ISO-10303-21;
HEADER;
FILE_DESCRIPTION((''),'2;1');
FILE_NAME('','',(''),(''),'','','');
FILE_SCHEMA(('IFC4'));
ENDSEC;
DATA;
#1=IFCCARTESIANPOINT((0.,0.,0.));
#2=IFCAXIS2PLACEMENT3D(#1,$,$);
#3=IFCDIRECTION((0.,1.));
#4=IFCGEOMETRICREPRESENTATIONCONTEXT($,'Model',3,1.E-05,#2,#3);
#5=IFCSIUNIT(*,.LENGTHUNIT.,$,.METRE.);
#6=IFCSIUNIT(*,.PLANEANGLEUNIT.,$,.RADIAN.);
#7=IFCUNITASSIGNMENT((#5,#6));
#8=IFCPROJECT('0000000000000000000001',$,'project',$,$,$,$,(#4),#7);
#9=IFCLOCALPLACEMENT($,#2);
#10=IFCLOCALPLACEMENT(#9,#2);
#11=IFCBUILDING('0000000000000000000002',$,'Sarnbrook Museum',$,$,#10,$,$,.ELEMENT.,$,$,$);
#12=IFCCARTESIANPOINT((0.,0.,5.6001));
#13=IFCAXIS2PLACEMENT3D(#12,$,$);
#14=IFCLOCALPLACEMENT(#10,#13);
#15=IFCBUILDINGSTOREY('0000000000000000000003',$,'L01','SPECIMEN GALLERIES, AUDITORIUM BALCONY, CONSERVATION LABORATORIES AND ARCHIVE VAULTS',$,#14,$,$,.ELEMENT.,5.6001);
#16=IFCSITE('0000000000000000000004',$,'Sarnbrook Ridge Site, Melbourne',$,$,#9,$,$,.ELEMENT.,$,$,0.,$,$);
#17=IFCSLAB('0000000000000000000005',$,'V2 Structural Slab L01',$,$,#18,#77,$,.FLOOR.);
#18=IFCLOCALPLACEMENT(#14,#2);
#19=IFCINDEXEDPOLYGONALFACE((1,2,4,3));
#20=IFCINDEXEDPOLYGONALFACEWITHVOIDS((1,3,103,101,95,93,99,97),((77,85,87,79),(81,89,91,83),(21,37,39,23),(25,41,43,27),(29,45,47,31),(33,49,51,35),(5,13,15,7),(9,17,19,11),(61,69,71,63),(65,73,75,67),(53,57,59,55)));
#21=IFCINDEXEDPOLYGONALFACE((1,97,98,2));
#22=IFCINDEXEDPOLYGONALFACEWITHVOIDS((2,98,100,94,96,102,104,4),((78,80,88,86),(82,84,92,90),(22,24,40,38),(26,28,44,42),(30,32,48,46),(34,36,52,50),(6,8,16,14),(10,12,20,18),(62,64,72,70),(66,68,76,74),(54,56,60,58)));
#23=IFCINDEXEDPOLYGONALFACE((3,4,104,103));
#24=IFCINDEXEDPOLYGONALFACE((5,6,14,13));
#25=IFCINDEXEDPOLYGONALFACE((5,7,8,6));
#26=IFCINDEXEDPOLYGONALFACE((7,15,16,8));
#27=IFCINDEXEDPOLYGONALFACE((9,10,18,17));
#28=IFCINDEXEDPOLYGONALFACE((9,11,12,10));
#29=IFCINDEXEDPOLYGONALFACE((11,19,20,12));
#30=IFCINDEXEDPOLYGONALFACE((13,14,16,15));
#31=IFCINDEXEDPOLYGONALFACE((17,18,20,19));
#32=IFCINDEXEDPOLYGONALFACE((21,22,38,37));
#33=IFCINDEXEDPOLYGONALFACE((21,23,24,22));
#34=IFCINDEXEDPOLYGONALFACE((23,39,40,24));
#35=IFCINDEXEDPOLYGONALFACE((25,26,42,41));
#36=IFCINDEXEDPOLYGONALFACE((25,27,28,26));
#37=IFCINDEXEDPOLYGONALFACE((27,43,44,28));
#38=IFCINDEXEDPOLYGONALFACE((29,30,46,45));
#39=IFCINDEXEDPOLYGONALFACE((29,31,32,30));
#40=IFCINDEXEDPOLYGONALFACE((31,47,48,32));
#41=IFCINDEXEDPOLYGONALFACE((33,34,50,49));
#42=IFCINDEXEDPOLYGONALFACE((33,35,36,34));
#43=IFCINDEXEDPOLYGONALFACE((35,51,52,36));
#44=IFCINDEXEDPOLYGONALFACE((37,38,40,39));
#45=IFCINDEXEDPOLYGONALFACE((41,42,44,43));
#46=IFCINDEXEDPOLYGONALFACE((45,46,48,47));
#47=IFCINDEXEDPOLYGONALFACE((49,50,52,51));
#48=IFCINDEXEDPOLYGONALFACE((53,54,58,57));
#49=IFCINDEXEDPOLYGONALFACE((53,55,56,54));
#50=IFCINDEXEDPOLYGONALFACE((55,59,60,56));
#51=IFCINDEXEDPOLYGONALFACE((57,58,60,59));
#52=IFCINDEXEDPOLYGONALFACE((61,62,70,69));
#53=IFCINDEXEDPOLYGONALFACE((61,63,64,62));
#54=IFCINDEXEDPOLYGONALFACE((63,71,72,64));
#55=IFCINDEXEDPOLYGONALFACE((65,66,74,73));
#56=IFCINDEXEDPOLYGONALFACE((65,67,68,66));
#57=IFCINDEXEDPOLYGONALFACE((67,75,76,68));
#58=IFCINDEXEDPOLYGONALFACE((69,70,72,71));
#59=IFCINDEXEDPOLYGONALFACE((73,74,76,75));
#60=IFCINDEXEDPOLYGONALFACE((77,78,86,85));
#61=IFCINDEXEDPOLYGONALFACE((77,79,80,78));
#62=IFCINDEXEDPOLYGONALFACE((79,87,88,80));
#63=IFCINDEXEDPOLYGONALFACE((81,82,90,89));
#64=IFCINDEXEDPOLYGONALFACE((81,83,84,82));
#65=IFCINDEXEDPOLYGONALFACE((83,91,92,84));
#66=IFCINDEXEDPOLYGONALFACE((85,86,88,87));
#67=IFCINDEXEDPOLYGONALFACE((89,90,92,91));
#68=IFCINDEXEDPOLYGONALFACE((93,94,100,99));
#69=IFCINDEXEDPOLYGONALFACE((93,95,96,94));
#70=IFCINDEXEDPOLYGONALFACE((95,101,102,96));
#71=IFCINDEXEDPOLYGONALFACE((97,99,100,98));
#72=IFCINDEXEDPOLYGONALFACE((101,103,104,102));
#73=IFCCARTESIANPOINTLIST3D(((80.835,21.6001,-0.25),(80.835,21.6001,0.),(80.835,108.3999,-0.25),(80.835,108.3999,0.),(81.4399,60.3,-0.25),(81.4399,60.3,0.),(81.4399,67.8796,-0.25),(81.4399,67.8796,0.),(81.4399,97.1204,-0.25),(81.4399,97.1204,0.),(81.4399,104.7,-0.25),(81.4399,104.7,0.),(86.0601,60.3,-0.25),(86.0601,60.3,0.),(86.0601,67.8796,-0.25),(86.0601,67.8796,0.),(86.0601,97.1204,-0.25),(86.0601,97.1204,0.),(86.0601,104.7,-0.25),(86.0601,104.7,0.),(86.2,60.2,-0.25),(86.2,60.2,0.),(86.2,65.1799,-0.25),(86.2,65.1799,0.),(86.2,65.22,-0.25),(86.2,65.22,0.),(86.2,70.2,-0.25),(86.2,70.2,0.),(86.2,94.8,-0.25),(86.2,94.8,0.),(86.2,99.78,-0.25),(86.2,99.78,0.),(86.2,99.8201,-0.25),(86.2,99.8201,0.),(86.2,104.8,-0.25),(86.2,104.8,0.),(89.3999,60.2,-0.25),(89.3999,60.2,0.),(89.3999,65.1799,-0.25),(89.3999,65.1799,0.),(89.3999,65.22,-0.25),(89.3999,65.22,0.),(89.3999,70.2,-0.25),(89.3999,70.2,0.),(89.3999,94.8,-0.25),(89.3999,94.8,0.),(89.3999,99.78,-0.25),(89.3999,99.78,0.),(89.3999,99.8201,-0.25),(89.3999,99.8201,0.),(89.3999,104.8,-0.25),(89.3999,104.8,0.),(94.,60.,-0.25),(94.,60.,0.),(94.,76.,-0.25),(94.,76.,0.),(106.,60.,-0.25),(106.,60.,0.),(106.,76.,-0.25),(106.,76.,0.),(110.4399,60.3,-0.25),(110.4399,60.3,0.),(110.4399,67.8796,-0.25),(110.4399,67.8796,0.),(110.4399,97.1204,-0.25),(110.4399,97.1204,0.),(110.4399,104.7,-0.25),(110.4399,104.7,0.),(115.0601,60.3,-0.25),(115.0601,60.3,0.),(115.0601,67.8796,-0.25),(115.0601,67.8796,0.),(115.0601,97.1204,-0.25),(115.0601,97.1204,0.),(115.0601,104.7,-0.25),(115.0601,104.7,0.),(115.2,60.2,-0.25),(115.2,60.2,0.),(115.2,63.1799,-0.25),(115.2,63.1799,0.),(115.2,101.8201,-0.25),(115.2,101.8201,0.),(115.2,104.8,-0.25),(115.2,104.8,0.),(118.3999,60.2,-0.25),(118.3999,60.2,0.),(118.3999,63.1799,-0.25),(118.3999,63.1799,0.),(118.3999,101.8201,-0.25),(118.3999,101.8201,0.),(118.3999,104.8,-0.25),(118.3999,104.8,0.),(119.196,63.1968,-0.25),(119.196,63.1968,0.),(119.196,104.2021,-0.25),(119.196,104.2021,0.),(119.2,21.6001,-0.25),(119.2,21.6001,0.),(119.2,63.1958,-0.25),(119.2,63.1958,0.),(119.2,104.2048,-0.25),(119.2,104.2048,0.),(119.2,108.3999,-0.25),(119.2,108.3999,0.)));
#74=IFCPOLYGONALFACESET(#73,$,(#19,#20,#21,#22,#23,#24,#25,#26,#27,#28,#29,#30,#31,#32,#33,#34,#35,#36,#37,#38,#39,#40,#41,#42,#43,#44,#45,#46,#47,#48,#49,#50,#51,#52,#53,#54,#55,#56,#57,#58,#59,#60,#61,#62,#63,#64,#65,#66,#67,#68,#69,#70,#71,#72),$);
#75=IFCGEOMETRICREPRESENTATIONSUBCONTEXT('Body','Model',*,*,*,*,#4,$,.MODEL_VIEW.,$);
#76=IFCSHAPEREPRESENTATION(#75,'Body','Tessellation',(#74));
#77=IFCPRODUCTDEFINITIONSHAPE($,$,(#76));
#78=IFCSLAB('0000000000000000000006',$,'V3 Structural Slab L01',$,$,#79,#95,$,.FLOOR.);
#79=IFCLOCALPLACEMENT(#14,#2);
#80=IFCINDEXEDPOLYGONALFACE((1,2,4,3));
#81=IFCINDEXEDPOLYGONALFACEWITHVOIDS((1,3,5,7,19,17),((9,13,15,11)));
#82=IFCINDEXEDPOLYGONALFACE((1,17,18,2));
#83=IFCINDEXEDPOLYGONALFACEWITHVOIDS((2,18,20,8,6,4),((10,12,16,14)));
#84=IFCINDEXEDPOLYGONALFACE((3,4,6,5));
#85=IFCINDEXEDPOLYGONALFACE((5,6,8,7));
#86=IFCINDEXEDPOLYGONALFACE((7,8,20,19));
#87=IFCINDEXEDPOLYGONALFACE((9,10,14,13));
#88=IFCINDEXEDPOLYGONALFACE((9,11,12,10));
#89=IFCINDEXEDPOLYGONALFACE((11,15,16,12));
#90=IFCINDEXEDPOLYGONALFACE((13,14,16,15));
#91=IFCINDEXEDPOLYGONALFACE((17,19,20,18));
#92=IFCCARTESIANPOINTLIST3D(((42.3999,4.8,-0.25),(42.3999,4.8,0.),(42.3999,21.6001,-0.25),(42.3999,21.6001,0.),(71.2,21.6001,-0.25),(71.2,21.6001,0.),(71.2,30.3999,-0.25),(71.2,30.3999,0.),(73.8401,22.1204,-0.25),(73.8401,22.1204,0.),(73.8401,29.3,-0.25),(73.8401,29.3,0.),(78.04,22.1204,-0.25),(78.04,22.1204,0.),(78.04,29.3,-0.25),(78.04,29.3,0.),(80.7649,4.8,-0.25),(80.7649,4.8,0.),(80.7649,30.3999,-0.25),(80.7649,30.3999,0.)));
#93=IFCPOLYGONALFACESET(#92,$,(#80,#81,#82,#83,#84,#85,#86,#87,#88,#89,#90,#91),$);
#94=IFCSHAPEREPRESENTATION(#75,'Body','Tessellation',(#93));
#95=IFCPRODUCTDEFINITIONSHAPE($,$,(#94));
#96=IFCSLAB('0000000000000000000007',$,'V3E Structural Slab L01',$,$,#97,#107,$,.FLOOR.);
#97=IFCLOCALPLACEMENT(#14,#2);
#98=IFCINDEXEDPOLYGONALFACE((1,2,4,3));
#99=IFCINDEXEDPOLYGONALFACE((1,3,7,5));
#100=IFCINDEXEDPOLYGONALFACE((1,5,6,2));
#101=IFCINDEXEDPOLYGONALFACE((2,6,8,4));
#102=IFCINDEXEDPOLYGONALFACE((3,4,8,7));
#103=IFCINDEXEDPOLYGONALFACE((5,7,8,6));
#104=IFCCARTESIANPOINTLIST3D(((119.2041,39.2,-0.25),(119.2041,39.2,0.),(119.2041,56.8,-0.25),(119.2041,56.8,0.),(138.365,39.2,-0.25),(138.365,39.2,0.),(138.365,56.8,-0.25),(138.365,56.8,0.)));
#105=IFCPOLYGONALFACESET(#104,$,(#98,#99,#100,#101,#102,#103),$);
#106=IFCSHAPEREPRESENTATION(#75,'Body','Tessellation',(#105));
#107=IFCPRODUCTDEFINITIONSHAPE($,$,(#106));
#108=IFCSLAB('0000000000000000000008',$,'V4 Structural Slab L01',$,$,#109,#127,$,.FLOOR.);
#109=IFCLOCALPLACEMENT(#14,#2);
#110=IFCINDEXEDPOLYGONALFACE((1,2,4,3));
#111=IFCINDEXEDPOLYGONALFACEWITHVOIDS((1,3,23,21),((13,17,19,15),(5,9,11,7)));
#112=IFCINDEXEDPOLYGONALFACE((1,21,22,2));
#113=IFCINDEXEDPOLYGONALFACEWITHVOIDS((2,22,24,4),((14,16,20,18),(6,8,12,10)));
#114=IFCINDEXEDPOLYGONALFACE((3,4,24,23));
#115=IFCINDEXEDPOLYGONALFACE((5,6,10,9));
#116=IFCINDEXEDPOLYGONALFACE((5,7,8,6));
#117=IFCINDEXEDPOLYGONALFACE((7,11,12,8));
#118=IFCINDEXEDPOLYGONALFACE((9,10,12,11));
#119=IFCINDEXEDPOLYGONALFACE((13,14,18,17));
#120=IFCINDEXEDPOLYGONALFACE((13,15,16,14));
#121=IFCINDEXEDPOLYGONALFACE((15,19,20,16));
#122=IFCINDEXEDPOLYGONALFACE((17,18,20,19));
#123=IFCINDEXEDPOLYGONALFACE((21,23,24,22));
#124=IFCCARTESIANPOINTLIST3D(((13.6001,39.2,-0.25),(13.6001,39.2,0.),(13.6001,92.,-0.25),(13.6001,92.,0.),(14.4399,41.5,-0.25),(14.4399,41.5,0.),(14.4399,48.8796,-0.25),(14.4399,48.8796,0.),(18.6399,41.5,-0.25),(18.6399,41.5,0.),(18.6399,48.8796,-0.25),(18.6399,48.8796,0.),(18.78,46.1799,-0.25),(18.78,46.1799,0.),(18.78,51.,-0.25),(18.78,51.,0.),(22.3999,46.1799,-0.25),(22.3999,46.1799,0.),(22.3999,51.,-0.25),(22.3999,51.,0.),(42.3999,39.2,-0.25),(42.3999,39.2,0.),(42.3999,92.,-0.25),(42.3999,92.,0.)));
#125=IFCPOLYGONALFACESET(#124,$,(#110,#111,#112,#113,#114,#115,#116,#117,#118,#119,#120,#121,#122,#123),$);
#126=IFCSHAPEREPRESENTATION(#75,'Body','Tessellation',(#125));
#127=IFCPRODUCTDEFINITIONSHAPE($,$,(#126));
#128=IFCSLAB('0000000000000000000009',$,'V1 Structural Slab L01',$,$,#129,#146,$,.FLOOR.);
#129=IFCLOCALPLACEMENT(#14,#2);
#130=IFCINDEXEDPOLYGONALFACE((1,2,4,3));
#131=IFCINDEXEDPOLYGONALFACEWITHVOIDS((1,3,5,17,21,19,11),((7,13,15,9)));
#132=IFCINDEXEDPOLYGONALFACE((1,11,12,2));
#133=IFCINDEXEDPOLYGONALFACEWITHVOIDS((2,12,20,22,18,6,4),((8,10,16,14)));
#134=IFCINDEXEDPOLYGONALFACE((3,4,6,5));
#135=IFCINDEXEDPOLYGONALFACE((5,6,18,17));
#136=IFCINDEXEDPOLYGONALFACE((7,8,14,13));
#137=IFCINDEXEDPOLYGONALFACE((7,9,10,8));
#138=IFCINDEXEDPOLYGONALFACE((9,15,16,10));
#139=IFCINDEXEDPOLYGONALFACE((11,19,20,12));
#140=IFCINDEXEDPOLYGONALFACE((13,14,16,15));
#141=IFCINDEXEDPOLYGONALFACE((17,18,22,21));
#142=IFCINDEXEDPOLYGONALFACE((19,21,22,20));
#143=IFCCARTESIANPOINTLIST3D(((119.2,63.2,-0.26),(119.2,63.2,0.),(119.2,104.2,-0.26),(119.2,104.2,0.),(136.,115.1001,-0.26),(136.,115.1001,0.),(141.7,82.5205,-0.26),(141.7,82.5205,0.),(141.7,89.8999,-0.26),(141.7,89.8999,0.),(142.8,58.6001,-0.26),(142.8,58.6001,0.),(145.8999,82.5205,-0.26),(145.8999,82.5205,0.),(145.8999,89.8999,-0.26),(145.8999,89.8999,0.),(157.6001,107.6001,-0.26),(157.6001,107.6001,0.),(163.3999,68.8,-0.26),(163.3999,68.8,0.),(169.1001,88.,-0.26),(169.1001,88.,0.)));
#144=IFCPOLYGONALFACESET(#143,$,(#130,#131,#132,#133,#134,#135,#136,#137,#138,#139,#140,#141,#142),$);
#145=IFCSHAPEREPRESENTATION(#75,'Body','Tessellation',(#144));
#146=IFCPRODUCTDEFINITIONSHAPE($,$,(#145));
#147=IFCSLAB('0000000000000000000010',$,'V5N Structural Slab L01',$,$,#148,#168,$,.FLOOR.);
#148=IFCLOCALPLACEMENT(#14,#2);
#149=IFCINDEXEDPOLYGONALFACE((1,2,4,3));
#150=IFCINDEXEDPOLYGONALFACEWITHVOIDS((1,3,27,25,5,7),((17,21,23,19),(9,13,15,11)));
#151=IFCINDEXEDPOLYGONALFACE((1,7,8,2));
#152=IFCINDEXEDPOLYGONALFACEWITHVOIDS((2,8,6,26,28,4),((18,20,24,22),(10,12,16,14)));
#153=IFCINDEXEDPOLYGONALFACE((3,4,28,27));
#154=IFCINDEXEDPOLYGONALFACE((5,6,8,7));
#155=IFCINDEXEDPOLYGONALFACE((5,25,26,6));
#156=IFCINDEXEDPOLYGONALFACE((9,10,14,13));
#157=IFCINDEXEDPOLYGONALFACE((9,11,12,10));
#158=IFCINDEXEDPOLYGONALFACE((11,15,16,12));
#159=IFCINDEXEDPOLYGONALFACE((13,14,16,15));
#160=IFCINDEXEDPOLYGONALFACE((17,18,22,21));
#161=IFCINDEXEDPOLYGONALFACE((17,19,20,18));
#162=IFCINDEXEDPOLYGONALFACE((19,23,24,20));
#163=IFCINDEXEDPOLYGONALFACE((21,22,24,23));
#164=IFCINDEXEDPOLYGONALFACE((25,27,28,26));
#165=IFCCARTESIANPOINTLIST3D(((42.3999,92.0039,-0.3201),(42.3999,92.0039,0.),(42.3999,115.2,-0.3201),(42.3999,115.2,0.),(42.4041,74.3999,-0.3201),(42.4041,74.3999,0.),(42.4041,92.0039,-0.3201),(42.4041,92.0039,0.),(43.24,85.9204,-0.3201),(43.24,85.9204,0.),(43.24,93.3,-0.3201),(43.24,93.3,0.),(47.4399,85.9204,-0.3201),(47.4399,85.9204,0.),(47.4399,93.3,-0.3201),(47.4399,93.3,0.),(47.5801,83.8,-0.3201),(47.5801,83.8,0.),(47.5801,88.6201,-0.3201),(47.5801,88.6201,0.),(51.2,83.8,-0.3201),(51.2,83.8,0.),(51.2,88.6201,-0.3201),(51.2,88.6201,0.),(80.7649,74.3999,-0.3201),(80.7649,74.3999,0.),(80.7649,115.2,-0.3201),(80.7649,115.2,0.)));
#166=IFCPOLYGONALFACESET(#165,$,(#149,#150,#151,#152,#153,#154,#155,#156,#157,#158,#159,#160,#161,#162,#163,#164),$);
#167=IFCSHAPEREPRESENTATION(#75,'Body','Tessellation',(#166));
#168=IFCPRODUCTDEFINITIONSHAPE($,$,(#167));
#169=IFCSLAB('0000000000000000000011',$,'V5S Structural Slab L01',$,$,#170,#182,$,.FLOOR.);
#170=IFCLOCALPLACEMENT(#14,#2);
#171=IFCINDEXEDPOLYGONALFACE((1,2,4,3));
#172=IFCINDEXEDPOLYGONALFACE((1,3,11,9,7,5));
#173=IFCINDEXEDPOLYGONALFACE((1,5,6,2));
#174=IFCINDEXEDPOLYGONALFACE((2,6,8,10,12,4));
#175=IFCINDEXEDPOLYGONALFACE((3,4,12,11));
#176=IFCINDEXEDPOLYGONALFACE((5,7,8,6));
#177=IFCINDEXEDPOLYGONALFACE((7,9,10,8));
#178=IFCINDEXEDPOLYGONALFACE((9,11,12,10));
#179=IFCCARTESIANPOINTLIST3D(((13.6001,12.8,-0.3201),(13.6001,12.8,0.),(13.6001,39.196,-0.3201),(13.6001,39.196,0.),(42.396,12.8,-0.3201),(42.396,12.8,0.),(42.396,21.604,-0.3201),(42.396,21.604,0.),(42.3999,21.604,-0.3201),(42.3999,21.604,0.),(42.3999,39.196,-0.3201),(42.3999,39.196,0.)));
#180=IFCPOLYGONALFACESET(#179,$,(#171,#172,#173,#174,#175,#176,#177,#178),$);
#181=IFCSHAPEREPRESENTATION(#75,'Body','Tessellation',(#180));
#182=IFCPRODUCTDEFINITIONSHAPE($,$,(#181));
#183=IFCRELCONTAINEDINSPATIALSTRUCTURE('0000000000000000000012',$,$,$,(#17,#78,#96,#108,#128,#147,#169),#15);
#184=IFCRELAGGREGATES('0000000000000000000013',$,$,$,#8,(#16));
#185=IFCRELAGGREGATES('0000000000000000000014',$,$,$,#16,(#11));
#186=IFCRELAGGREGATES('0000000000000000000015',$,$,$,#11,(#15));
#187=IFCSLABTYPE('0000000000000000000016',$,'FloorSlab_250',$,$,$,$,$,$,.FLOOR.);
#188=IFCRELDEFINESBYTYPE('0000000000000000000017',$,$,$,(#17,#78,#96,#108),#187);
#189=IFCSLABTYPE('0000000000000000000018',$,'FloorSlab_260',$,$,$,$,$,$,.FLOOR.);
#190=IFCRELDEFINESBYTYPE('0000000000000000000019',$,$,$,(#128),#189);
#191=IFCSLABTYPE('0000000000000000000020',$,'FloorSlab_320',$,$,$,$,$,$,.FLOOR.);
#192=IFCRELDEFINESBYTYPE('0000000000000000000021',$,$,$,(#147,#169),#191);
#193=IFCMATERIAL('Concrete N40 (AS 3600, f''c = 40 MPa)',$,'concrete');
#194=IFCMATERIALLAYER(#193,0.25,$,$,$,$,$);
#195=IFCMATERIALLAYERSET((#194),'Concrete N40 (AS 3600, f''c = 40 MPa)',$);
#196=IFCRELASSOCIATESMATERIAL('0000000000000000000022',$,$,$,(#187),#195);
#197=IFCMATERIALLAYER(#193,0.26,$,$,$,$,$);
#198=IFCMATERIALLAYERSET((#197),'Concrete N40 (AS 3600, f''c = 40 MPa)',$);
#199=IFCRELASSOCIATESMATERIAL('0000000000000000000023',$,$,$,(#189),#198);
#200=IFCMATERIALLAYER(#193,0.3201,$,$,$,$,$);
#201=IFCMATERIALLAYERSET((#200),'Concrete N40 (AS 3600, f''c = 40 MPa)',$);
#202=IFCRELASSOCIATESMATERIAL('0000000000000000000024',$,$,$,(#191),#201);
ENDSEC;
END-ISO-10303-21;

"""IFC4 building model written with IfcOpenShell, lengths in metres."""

from ifc_helpers import new_model, si_unit, direction, frame, origin, place, context, subcontext, project, spatial, polyline, outline, extrude, material, layer, layer_set, type_object, element, save


model = new_model("IFC4")

# Units and contexts
model_context = context("Model", 3, precision=1e-05, world=origin(), true_north=direction((0.0, 1.0)))
body_context = subcontext(model_context, "Body", "Model", "MODEL_VIEW")
ifc_project = project(units=[si_unit("LENGTHUNIT", "METRE"), si_unit("PLANEANGLEUNIT", "RADIAN")], contexts=[model_context])

# Site, building, storey
site_placement = place(None, origin())
site = spatial("IfcSite", under=ifc_project, at=site_placement, Name="Sarnbrook Ridge Site, Melbourne", CompositionType="ELEMENT", RefElevation=0.0)
building_placement = place(site_placement, origin())
building = spatial("IfcBuilding", under=site, at=building_placement, Name="Sarnbrook Museum", CompositionType="ELEMENT")
storey_placement = place(building_placement, frame((0.0, 0.0, 5.6001)))
storey = spatial("IfcBuildingStorey", under=building, at=storey_placement, Name="L01", Description="SPECIMEN GALLERIES, AUDITORIUM BALCONY, CONSERVATION LABORATORIES AND ARCHIVE VAULTS", CompositionType="ELEMENT", Elevation=5.6001)

# Slabs
ifc_material_1 = material(Name="Concrete N40 (AS 3600, f'c = 40 MPa)", Category="concrete")
ifc_layer_1 = layer(ifc_material_1, 0.25)
ifc_layer_set_1 = layer_set([ifc_layer_1], Name="Concrete N40 (AS 3600, f'c = 40 MPa)")
slab_type_1 = type_object("IfcSlabType", Name="FloorSlab_250", PredefinedType="FLOOR", material=ifc_layer_set_1)
slab_1_placement = place(storey_placement, frame((0.0, 0.0, -0.25)))
element("IfcSlab", 1, at=slab_1_placement, inside=storey, type_object=slab_type_1, Name="V2 Structural Slab L01", PredefinedType="FLOOR", context=body_context, shape_type="SweptSolid", body=[
    extrude(outline(polyline([(80.835, 21.6001), (80.835, 108.3999), (119.2, 108.3999), (119.2, 104.2048), (119.196, 104.2021), (119.196, 63.1968), (119.2, 63.1958), (119.2, 21.6001), (80.835, 21.6001)]), holes=[polyline([(86.2, 65.1799), (89.3999, 65.1799), (89.3999, 60.2), (86.2, 60.2), (86.2, 65.1799)]), polyline([(81.4399, 67.8796), (86.0601, 67.8796), (86.0601, 60.3), (81.4399, 60.3), (81.4399, 67.8796)]), polyline([(86.2, 70.2), (89.3999, 70.2), (89.3999, 65.22), (86.2, 65.22), (86.2, 70.2)]), polyline([(89.3999, 99.78), (89.3999, 94.8), (86.2, 94.8), (86.2, 99.78), (89.3999, 99.78)]), polyline([(86.0601, 104.7), (86.0601, 97.1204), (81.4399, 97.1204), (81.4399, 104.7), (86.0601, 104.7)]), polyline([(89.3999, 104.8), (89.3999, 99.8201), (86.2, 99.8201), (86.2, 104.8), (89.3999, 104.8)]), polyline([(118.3999, 63.1799), (118.3999, 60.2), (115.2, 60.2), (115.2, 63.1799), (118.3999, 63.1799)]), polyline([(115.0601, 67.8796), (115.0601, 60.3), (110.4399, 60.3), (110.4399, 67.8796), (115.0601, 67.8796)]), polyline([(94.0, 76.0), (106.0, 76.0), (106.0, 60.0), (94.0, 60.0), (94.0, 76.0)]), polyline([(115.0601, 104.7), (115.0601, 97.1204), (110.4399, 97.1204), (110.4399, 104.7), (115.0601, 104.7)]), polyline([(118.3999, 101.8201), (115.2, 101.8201), (115.2, 104.8), (118.3999, 104.8), (118.3999, 101.8201)])]), origin(), (0.0, 0.0, 1.0), 0.25),
])
slab_2_placement = place(storey_placement, frame((0.0, 0.0, -0.25)))
element("IfcSlab", 2, at=slab_2_placement, inside=storey, type_object=slab_type_1, Name="V3 Structural Slab L01", PredefinedType="FLOOR", context=body_context, shape_type="SweptSolid", body=[
    extrude(outline(polyline([(71.2, 21.6001), (71.2, 30.3999), (80.7649, 30.3999), (80.7649, 4.8), (42.3999, 4.8), (42.3999, 21.6001), (71.2, 21.6001)]), holes=[polyline([(78.04, 29.3), (78.04, 22.1204), (73.8401, 22.1204), (73.8401, 29.3), (78.04, 29.3)])]), origin(), (0.0, 0.0, 1.0), 0.25),
])
slab_3_placement = place(storey_placement, frame((0.0, 0.0, -0.25)))
element("IfcSlab", 3, at=slab_3_placement, inside=storey, type_object=slab_type_1, Name="V3E Structural Slab L01", PredefinedType="FLOOR", context=body_context, shape_type="SweptSolid", body=[
    extrude(outline(polyline([(138.365, 56.8), (138.365, 39.2), (119.2041, 39.2), (119.2041, 56.8), (138.365, 56.8)])), origin(), (0.0, 0.0, 1.0), 0.25),
])
slab_4_placement = place(storey_placement, frame((0.0, 0.0, -0.25)))
element("IfcSlab", 4, at=slab_4_placement, inside=storey, type_object=slab_type_1, Name="V4 Structural Slab L01", PredefinedType="FLOOR", context=body_context, shape_type="SweptSolid", body=[
    extrude(outline(polyline([(42.3999, 39.2), (13.6001, 39.2), (13.6001, 92.0), (42.3999, 92.0), (42.3999, 39.2)]), holes=[polyline([(18.6399, 41.5), (14.4399, 41.5), (14.4399, 48.8796), (18.6399, 48.8796), (18.6399, 41.5)]), polyline([(22.3999, 46.1799), (18.78, 46.1799), (18.78, 51.0), (22.3999, 51.0), (22.3999, 46.1799)])]), origin(), (0.0, 0.0, 1.0), 0.25),
])
ifc_layer_2 = layer(ifc_material_1, 0.26)
ifc_layer_set_2 = layer_set([ifc_layer_2], Name="Concrete N40 (AS 3600, f'c = 40 MPa)")
slab_type_2 = type_object("IfcSlabType", Name="FloorSlab_260", PredefinedType="FLOOR", material=ifc_layer_set_2)
slab_5_placement = place(storey_placement, frame((0.0, 0.0, -0.26)))
element("IfcSlab", 5, at=slab_5_placement, inside=storey, type_object=slab_type_2, Name="V1 Structural Slab L01", PredefinedType="FLOOR", context=body_context, shape_type="SweptSolid", body=[
    extrude(outline(polyline([(136.0, 115.1001), (157.6001, 107.6001), (169.1001, 88.0), (163.3999, 68.8), (142.8, 58.6001), (119.2, 63.2), (119.2, 104.2), (136.0, 115.1001)]), holes=[polyline([(145.8999, 82.5205), (141.7, 82.5205), (141.7, 89.8999), (145.8999, 89.8999), (145.8999, 82.5205)])]), origin(), (0.0, 0.0, 1.0), 0.26),
])
ifc_layer_3 = layer(ifc_material_1, 0.3201)
ifc_layer_set_3 = layer_set([ifc_layer_3], Name="Concrete N40 (AS 3600, f'c = 40 MPa)")
slab_type_3 = type_object("IfcSlabType", Name="FloorSlab_320", PredefinedType="FLOOR", material=ifc_layer_set_3)
slab_6_placement = place(storey_placement, frame((0.0, 0.0, -0.3201)))
element("IfcSlab", 6, at=slab_6_placement, inside=storey, type_object=slab_type_3, Name="V5N Structural Slab L01", PredefinedType="FLOOR", context=body_context, shape_type="SweptSolid", body=[
    extrude(outline(polyline([(80.7649, 115.2), (80.7649, 74.3999), (42.4041, 74.3999), (42.4041, 92.0039), (42.3999, 92.0039), (42.3999, 115.2), (80.7649, 115.2)]), holes=[polyline([(51.2, 83.8), (47.5801, 83.8), (47.5801, 88.6201), (51.2, 88.6201), (51.2, 83.8)]), polyline([(47.4399, 85.9204), (43.24, 85.9204), (43.24, 93.3), (47.4399, 93.3), (47.4399, 85.9204)])]), origin(), (0.0, 0.0, 1.0), 0.3201),
])
slab_7_placement = place(storey_placement, frame((0.0, 0.0, -0.3201)))
element("IfcSlab", 7, at=slab_7_placement, inside=storey, type_object=slab_type_3, Name="V5S Structural Slab L01", PredefinedType="FLOOR", context=body_context, shape_type="SweptSolid", body=[
    extrude(outline(polyline([(42.3999, 21.604), (42.396, 21.604), (42.396, 12.8), (13.6001, 12.8), (13.6001, 39.196), (42.3999, 39.196), (42.3999, 21.604)])), origin(), (0.0, 0.0, 1.0), 0.3201),
])

save(model, "model.ifc")
